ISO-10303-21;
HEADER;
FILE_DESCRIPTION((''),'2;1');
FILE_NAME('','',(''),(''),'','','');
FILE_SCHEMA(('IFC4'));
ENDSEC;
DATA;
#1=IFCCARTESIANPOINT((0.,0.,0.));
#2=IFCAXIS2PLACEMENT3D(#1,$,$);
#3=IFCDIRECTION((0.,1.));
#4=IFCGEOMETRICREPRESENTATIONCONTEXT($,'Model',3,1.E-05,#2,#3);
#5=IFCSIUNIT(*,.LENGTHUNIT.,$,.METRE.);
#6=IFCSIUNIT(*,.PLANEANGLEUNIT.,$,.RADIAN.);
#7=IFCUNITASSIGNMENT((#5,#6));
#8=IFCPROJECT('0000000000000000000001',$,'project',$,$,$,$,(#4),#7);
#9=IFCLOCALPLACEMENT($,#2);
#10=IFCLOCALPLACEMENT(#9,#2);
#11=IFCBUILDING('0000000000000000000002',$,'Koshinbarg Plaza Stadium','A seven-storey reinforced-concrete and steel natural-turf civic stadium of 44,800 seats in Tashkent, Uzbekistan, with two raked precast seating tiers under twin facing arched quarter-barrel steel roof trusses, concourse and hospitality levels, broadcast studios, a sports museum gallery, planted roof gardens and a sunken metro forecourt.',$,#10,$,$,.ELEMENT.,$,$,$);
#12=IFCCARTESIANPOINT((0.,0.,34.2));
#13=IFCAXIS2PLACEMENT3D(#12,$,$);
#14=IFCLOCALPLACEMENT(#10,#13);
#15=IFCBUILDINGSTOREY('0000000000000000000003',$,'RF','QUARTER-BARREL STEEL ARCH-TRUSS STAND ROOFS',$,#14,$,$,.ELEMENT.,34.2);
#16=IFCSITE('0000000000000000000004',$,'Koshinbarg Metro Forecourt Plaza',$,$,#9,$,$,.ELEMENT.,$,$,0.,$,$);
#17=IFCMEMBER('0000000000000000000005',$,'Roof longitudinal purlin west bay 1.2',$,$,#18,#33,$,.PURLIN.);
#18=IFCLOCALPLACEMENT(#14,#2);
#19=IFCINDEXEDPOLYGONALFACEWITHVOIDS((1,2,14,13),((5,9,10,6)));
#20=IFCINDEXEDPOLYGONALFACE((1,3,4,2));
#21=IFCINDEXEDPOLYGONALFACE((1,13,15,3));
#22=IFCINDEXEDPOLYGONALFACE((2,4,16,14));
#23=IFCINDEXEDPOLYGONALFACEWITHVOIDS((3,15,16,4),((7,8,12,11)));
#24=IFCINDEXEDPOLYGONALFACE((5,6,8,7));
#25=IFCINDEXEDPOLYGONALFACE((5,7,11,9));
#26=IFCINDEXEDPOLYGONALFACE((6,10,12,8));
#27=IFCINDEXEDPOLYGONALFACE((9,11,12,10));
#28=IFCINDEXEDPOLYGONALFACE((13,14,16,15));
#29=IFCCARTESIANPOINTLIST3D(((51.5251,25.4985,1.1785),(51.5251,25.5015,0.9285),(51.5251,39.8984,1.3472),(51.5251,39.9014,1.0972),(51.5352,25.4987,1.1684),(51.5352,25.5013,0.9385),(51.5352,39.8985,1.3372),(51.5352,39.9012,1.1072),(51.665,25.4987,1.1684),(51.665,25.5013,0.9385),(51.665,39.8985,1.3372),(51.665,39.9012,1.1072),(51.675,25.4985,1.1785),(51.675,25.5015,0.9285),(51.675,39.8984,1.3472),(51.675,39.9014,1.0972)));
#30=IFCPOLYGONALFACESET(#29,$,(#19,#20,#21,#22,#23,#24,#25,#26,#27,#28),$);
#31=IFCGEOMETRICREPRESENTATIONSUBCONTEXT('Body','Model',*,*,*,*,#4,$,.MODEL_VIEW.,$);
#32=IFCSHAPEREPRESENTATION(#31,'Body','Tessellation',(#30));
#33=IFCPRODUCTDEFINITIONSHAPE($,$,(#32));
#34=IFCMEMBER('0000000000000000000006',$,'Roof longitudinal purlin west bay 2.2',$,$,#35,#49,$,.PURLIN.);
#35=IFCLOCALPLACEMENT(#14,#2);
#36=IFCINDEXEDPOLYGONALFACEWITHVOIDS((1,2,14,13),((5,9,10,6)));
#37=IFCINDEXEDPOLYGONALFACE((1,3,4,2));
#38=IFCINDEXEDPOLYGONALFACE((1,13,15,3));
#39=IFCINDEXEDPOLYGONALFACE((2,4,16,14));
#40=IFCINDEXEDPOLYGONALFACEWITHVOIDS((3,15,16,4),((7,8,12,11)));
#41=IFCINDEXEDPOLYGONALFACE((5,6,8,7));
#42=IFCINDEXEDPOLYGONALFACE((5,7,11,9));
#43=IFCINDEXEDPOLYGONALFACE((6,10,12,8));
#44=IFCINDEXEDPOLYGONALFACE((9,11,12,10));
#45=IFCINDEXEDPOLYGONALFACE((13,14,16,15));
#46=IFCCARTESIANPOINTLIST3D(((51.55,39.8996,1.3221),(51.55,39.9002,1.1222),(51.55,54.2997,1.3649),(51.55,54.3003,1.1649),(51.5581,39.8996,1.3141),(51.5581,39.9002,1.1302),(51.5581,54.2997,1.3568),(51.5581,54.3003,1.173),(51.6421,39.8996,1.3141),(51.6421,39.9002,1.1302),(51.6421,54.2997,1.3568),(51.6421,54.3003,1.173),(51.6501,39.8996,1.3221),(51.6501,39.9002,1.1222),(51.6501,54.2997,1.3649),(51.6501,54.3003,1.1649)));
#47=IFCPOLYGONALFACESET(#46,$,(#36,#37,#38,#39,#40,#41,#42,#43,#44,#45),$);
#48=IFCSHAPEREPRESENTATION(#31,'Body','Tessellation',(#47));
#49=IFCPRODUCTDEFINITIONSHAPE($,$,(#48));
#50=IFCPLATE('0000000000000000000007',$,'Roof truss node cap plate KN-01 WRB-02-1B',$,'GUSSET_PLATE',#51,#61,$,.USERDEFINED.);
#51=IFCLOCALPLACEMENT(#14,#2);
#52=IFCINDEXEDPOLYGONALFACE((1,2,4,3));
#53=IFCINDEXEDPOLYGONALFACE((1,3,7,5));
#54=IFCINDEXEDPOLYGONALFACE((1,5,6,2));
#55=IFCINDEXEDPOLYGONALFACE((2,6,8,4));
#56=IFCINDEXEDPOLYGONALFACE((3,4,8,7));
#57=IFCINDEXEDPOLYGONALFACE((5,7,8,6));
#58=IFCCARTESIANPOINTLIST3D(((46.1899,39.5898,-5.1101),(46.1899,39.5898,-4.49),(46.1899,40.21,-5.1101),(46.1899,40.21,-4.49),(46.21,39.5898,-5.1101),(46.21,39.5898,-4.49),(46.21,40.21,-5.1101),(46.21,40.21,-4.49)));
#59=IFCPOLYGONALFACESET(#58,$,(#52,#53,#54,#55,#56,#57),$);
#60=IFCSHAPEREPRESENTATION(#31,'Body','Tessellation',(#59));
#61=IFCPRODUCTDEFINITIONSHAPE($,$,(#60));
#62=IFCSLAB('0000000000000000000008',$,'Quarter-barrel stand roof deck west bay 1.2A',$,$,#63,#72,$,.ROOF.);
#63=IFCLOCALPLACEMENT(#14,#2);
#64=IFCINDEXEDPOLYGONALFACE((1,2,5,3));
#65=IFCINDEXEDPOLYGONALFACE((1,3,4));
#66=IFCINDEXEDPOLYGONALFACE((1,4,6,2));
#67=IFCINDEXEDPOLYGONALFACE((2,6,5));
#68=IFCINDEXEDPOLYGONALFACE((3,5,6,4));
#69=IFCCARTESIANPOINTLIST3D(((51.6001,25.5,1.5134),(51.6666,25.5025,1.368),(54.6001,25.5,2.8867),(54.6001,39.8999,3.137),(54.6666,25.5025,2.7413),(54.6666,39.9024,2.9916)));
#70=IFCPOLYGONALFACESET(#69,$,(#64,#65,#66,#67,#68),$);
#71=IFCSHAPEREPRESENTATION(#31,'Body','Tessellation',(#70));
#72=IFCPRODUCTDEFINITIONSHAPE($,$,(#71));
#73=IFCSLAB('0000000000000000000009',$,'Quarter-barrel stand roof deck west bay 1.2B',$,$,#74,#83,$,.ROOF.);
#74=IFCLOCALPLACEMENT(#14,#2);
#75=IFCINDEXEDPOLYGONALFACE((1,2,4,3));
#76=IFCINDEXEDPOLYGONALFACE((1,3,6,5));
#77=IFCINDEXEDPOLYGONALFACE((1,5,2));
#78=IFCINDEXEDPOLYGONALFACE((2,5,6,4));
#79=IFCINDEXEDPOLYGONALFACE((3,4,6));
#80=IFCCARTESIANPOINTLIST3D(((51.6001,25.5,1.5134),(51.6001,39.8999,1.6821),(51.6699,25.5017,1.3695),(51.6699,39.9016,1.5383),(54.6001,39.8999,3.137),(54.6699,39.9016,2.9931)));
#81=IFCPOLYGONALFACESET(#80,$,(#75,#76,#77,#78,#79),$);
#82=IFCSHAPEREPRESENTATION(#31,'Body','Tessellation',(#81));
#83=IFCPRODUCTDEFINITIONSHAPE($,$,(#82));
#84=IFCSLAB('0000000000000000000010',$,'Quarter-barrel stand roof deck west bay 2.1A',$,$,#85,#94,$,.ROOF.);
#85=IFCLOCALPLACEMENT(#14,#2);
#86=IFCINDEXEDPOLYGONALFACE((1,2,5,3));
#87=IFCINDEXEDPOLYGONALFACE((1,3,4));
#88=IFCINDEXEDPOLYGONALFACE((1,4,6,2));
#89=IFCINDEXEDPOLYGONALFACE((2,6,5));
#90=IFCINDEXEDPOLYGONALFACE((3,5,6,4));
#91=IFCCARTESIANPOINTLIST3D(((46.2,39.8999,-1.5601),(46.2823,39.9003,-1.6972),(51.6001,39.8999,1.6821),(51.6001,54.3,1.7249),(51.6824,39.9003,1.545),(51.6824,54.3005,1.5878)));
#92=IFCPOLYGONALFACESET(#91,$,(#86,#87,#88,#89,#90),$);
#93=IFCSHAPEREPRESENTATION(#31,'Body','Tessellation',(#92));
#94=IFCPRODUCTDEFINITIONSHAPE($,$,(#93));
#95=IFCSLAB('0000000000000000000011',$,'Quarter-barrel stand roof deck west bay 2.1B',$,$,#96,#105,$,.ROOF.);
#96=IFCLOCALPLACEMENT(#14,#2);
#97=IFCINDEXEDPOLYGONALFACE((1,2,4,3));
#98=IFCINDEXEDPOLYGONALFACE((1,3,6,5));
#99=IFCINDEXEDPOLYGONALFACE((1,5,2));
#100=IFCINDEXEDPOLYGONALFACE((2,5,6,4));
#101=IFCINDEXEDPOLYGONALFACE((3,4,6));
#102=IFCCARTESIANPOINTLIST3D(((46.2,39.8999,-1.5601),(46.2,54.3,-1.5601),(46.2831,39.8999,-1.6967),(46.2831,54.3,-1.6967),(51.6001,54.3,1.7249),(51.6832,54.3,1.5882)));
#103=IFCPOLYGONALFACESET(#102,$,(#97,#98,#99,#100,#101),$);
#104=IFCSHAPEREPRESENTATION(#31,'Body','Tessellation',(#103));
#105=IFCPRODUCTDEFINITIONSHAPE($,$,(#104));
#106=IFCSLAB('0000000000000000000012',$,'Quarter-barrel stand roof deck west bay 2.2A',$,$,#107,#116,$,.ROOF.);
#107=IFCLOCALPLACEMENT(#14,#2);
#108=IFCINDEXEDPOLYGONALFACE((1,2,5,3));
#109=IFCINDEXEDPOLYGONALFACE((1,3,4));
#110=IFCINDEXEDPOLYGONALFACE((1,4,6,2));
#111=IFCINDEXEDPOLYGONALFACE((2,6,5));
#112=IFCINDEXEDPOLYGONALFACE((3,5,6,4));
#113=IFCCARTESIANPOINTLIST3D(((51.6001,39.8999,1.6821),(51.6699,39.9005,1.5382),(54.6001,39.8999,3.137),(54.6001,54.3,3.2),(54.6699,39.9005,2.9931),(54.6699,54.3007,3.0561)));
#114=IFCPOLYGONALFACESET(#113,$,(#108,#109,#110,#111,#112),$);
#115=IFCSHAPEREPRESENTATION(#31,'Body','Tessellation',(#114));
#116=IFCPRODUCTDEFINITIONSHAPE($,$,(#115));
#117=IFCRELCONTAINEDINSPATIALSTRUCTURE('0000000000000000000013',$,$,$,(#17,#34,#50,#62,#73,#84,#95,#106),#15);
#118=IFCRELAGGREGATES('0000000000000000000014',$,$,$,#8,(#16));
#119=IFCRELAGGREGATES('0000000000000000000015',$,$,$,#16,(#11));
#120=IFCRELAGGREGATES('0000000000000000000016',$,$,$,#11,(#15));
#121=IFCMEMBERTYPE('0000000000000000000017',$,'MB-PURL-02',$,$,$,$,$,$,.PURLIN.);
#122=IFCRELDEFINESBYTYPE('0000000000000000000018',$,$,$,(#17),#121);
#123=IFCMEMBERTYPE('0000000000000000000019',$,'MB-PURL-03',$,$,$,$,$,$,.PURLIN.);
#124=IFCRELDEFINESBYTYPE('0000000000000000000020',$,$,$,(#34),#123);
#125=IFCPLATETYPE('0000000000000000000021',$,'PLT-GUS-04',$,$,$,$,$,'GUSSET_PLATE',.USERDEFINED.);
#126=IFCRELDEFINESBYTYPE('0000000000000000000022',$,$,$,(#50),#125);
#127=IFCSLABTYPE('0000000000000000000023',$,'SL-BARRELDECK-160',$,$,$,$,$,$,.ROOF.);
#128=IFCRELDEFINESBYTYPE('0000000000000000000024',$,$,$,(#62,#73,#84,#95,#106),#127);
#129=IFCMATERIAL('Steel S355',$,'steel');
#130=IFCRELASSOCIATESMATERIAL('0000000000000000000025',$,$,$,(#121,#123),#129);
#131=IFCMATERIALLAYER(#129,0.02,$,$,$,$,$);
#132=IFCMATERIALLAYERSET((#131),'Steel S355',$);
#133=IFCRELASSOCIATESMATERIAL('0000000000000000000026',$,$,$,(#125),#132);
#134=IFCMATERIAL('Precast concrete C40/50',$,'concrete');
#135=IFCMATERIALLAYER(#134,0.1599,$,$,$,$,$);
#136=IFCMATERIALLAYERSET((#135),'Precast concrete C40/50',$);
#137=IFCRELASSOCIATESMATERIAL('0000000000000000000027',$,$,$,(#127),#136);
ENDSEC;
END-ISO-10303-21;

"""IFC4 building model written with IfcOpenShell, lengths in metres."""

from ifc_helpers import new_model, si_unit, direction, frame, origin, origin_2d, place, context, subcontext, project, spatial, polyline, rectangle, hollow_rectangle, outline, extrude, material, layer, layer_set, material_profile, profile_set, type_object, element, save


model = new_model("IFC4")

# Units and contexts
model_context = context("Model", 3, precision=1e-05, world=origin(), true_north=direction((0.0, 1.0)))
body_context = subcontext(model_context, "Body", "Model", "MODEL_VIEW")
ifc_project = project(units=[si_unit("LENGTHUNIT", "METRE"), si_unit("PLANEANGLEUNIT", "RADIAN")], contexts=[model_context])

# Site, building, storey
site_placement = place(None, origin())
site = spatial("IfcSite", under=ifc_project, at=site_placement, Name="Koshinbarg Metro Forecourt Plaza", CompositionType="ELEMENT", RefElevation=0.0)
building_placement = place(site_placement, origin())
building = spatial("IfcBuilding", under=site, at=building_placement, Name="Koshinbarg Plaza Stadium", Description="A seven-storey reinforced-concrete and steel natural-turf civic stadium of 44,800 seats in Tashkent, Uzbekistan, with two raked precast seating tiers under twin facing arched quarter-barrel steel roof trusses, concourse and hospitality levels, broadcast studios, a sports museum gallery, planted roof gardens and a sunken metro forecourt.", CompositionType="ELEMENT")
storey_placement = place(building_placement, frame((0.0, 0.0, 34.2)))
storey = spatial("IfcBuildingStorey", under=building, at=storey_placement, Name="RF", Description="QUARTER-BARREL STEEL ARCH-TRUSS STAND ROOFS", CompositionType="ELEMENT", Elevation=34.2)

# Members
ifc_material_1 = material(Name="Steel S355", Category="steel")
ifc_material_profile_1 = material_profile(ifc_material_1, hollow_rectangle(XDim=0.1499, YDim=0.25, WallThickness=0.01, at=origin_2d()), Name="RHS 250x150x10")
ifc_profile_set_1 = profile_set([ifc_material_profile_1], Name="Steel S355")
member_type_1 = type_object("IfcMemberType", Name="MB-PURL-02", PredefinedType="PURLIN", material=ifc_profile_set_1)
member_1_placement = place(storey_placement, frame((51.6001, 25.5, 1.0535), z_axis=(0.0, 0.999931, 0.011715), x_axis=(-1.0, 0.0, 0.0)))
element("IfcMember", 1, at=member_1_placement, inside=storey, type_object=member_type_1, Name="Roof longitudinal purlin west bay 1.2", PredefinedType="PURLIN", context=body_context, shape_type="SweptSolid", body=[
    extrude(hollow_rectangle(XDim=0.1499, YDim=0.25, WallThickness=0.01, at=origin_2d()), origin(), (0.0, 0.0, 1.0), 14.4009),
])
ifc_material_profile_2 = material_profile(ifc_material_1, hollow_rectangle(XDim=0.1001, YDim=0.2, WallThickness=0.0081, at=origin_2d()), Name="RHS 200x100x8")
ifc_profile_set_2 = profile_set([ifc_material_profile_2], Name="Steel S355")
member_type_2 = type_object("IfcMemberType", Name="MB-PURL-03", PredefinedType="PURLIN", material=ifc_profile_set_2)
member_2_placement = place(storey_placement, frame((51.6001, 39.8999, 1.2222), z_axis=(0.0, 0.999996, 0.002967), x_axis=(-1.0, 0.0, 0.0)))
element("IfcMember", 2, at=member_2_placement, inside=storey, type_object=member_type_2, Name="Roof longitudinal purlin west bay 2.2", PredefinedType="PURLIN", context=body_context, shape_type="SweptSolid", body=[
    extrude(hollow_rectangle(XDim=0.1001, YDim=0.2, WallThickness=0.0081, at=origin_2d()), origin(), (0.0, 0.0, 1.0), 14.4001),
])

# Plate
ifc_layer_1 = layer(ifc_material_1, 0.02)
ifc_layer_set_1 = layer_set([ifc_layer_1], Name="Steel S355")
plate_type = type_object("IfcPlateType", Name="PLT-GUS-04", ElementType="GUSSET_PLATE", PredefinedType="USERDEFINED", material=ifc_layer_set_1)
plate_placement = place(storey_placement, frame((46.2, 39.8999, -5.1101), z_axis=(0.0, 0.0, 1.0), x_axis=(1.0, 0.0, 0.0)))
element("IfcPlate", 3, at=plate_placement, inside=storey, type_object=plate_type, Name="Roof truss node cap plate KN-01 WRB-02-1B", ObjectType="GUSSET_PLATE", PredefinedType="USERDEFINED", context=body_context, shape_type="SweptSolid", body=[
    extrude(rectangle(XDim=0.02, YDim=0.6201, at=origin_2d()), origin(), (0.0, 0.0, 1.0), 0.6201),
])

# Slabs
ifc_material_2 = material(Name="Precast concrete C40/50", Category="concrete")
ifc_layer_2 = layer(ifc_material_2, 0.1599)
ifc_layer_set_2 = layer_set([ifc_layer_2], Name="Precast concrete C40/50")
slab_type = type_object("IfcSlabType", Name="SL-BARRELDECK-160", PredefinedType="ROOF", material=ifc_layer_set_2)
slab_1_placement = place(storey_placement, frame((51.6001, 25.5, 1.5134), z_axis=(-0.416175, -0.015799, 0.909147), x_axis=(0.909261, 0.0, 0.416227)))
element("IfcSlab", 4, at=slab_1_placement, inside=storey, type_object=slab_type, Name="Quarter-barrel stand roof deck west bay 1.2A", PredefinedType="ROOF", context=body_context, shape_type="SweptSolid", body=[
    extrude(outline(polyline([(0.0, 0.0), (3.2994, 0.0), (3.4035, 14.4017), (0.0, 0.0)])), origin(), (0.0, 0.0, -1.0), 0.1599),
])
slab_2_placement = place(storey_placement, frame((51.6001, 25.5, 1.5134), z_axis=(-0.436319, -0.010541, 0.89973), x_axis=(0.202724, 0.973071, 0.10971)))
element("IfcSlab", 5, at=slab_2_placement, inside=storey, type_object=slab_type, Name="Quarter-barrel stand roof deck west bay 1.2B", PredefinedType="ROOF", context=body_context, shape_type="SweptSolid", body=[
    extrude(outline(polyline([(0.0, 0.0), (14.7984, 0.0), (14.0306, 3.2445), (0.0, 0.0)])), origin(), (0.0, 0.0, -1.0), 0.1599),
])
slab_3_placement = place(storey_placement, frame((46.2, 39.8999, -1.5601), z_axis=(-0.514739, -0.002544, 0.857343), x_axis=(0.857346, 0.0, 0.514741)))
element("IfcSlab", 6, at=slab_3_placement, inside=storey, type_object=slab_type, Name="Quarter-barrel stand roof deck west bay 2.1A", PredefinedType="ROOF", context=body_context, shape_type="SweptSolid", body=[
    extrude(outline(polyline([(0.0, 0.0), (6.2987, 0.0), (6.3207, 14.4002), (0.0, 0.0)])), origin(), (0.0, 0.0, -1.0), 0.1599),
])
slab_4_placement = place(storey_placement, frame((46.2, 39.8999, -1.5601), z_axis=(-0.519701, 0.0, 0.854348), x_axis=(0.343383, 0.915673, 0.20888)))
element("IfcSlab", 7, at=slab_4_placement, inside=storey, type_object=slab_type, Name="Quarter-barrel stand roof deck west bay 2.1B", PredefinedType="ROOF", context=body_context, shape_type="SweptSolid", body=[
    extrude(outline(polyline([(0.0, 0.0), (15.7263, 0.0), (13.1858, 5.7878), (0.0, 0.0)])), origin(), (0.0, 0.0, -1.0), 0.1599),
])
slab_5_placement = place(storey_placement, frame((51.6001, 39.8999, 1.6821), z_axis=(-0.43634, -0.003936, 0.899773), x_axis=(0.89978, 0.0, 0.436344)))
element("IfcSlab", 8, at=slab_5_placement, inside=storey, type_object=slab_type, Name="Quarter-barrel stand roof deck west bay 2.2A", PredefinedType="ROOF", context=body_context, shape_type="SweptSolid", body=[
    extrude(outline(polyline([(0.0, 0.0), (3.3341, 0.0), (3.3616, 14.4003), (0.0, 0.0)])), origin(), (0.0, 0.0, -1.0), 0.1599),
])

save(model, "model.ifc")
